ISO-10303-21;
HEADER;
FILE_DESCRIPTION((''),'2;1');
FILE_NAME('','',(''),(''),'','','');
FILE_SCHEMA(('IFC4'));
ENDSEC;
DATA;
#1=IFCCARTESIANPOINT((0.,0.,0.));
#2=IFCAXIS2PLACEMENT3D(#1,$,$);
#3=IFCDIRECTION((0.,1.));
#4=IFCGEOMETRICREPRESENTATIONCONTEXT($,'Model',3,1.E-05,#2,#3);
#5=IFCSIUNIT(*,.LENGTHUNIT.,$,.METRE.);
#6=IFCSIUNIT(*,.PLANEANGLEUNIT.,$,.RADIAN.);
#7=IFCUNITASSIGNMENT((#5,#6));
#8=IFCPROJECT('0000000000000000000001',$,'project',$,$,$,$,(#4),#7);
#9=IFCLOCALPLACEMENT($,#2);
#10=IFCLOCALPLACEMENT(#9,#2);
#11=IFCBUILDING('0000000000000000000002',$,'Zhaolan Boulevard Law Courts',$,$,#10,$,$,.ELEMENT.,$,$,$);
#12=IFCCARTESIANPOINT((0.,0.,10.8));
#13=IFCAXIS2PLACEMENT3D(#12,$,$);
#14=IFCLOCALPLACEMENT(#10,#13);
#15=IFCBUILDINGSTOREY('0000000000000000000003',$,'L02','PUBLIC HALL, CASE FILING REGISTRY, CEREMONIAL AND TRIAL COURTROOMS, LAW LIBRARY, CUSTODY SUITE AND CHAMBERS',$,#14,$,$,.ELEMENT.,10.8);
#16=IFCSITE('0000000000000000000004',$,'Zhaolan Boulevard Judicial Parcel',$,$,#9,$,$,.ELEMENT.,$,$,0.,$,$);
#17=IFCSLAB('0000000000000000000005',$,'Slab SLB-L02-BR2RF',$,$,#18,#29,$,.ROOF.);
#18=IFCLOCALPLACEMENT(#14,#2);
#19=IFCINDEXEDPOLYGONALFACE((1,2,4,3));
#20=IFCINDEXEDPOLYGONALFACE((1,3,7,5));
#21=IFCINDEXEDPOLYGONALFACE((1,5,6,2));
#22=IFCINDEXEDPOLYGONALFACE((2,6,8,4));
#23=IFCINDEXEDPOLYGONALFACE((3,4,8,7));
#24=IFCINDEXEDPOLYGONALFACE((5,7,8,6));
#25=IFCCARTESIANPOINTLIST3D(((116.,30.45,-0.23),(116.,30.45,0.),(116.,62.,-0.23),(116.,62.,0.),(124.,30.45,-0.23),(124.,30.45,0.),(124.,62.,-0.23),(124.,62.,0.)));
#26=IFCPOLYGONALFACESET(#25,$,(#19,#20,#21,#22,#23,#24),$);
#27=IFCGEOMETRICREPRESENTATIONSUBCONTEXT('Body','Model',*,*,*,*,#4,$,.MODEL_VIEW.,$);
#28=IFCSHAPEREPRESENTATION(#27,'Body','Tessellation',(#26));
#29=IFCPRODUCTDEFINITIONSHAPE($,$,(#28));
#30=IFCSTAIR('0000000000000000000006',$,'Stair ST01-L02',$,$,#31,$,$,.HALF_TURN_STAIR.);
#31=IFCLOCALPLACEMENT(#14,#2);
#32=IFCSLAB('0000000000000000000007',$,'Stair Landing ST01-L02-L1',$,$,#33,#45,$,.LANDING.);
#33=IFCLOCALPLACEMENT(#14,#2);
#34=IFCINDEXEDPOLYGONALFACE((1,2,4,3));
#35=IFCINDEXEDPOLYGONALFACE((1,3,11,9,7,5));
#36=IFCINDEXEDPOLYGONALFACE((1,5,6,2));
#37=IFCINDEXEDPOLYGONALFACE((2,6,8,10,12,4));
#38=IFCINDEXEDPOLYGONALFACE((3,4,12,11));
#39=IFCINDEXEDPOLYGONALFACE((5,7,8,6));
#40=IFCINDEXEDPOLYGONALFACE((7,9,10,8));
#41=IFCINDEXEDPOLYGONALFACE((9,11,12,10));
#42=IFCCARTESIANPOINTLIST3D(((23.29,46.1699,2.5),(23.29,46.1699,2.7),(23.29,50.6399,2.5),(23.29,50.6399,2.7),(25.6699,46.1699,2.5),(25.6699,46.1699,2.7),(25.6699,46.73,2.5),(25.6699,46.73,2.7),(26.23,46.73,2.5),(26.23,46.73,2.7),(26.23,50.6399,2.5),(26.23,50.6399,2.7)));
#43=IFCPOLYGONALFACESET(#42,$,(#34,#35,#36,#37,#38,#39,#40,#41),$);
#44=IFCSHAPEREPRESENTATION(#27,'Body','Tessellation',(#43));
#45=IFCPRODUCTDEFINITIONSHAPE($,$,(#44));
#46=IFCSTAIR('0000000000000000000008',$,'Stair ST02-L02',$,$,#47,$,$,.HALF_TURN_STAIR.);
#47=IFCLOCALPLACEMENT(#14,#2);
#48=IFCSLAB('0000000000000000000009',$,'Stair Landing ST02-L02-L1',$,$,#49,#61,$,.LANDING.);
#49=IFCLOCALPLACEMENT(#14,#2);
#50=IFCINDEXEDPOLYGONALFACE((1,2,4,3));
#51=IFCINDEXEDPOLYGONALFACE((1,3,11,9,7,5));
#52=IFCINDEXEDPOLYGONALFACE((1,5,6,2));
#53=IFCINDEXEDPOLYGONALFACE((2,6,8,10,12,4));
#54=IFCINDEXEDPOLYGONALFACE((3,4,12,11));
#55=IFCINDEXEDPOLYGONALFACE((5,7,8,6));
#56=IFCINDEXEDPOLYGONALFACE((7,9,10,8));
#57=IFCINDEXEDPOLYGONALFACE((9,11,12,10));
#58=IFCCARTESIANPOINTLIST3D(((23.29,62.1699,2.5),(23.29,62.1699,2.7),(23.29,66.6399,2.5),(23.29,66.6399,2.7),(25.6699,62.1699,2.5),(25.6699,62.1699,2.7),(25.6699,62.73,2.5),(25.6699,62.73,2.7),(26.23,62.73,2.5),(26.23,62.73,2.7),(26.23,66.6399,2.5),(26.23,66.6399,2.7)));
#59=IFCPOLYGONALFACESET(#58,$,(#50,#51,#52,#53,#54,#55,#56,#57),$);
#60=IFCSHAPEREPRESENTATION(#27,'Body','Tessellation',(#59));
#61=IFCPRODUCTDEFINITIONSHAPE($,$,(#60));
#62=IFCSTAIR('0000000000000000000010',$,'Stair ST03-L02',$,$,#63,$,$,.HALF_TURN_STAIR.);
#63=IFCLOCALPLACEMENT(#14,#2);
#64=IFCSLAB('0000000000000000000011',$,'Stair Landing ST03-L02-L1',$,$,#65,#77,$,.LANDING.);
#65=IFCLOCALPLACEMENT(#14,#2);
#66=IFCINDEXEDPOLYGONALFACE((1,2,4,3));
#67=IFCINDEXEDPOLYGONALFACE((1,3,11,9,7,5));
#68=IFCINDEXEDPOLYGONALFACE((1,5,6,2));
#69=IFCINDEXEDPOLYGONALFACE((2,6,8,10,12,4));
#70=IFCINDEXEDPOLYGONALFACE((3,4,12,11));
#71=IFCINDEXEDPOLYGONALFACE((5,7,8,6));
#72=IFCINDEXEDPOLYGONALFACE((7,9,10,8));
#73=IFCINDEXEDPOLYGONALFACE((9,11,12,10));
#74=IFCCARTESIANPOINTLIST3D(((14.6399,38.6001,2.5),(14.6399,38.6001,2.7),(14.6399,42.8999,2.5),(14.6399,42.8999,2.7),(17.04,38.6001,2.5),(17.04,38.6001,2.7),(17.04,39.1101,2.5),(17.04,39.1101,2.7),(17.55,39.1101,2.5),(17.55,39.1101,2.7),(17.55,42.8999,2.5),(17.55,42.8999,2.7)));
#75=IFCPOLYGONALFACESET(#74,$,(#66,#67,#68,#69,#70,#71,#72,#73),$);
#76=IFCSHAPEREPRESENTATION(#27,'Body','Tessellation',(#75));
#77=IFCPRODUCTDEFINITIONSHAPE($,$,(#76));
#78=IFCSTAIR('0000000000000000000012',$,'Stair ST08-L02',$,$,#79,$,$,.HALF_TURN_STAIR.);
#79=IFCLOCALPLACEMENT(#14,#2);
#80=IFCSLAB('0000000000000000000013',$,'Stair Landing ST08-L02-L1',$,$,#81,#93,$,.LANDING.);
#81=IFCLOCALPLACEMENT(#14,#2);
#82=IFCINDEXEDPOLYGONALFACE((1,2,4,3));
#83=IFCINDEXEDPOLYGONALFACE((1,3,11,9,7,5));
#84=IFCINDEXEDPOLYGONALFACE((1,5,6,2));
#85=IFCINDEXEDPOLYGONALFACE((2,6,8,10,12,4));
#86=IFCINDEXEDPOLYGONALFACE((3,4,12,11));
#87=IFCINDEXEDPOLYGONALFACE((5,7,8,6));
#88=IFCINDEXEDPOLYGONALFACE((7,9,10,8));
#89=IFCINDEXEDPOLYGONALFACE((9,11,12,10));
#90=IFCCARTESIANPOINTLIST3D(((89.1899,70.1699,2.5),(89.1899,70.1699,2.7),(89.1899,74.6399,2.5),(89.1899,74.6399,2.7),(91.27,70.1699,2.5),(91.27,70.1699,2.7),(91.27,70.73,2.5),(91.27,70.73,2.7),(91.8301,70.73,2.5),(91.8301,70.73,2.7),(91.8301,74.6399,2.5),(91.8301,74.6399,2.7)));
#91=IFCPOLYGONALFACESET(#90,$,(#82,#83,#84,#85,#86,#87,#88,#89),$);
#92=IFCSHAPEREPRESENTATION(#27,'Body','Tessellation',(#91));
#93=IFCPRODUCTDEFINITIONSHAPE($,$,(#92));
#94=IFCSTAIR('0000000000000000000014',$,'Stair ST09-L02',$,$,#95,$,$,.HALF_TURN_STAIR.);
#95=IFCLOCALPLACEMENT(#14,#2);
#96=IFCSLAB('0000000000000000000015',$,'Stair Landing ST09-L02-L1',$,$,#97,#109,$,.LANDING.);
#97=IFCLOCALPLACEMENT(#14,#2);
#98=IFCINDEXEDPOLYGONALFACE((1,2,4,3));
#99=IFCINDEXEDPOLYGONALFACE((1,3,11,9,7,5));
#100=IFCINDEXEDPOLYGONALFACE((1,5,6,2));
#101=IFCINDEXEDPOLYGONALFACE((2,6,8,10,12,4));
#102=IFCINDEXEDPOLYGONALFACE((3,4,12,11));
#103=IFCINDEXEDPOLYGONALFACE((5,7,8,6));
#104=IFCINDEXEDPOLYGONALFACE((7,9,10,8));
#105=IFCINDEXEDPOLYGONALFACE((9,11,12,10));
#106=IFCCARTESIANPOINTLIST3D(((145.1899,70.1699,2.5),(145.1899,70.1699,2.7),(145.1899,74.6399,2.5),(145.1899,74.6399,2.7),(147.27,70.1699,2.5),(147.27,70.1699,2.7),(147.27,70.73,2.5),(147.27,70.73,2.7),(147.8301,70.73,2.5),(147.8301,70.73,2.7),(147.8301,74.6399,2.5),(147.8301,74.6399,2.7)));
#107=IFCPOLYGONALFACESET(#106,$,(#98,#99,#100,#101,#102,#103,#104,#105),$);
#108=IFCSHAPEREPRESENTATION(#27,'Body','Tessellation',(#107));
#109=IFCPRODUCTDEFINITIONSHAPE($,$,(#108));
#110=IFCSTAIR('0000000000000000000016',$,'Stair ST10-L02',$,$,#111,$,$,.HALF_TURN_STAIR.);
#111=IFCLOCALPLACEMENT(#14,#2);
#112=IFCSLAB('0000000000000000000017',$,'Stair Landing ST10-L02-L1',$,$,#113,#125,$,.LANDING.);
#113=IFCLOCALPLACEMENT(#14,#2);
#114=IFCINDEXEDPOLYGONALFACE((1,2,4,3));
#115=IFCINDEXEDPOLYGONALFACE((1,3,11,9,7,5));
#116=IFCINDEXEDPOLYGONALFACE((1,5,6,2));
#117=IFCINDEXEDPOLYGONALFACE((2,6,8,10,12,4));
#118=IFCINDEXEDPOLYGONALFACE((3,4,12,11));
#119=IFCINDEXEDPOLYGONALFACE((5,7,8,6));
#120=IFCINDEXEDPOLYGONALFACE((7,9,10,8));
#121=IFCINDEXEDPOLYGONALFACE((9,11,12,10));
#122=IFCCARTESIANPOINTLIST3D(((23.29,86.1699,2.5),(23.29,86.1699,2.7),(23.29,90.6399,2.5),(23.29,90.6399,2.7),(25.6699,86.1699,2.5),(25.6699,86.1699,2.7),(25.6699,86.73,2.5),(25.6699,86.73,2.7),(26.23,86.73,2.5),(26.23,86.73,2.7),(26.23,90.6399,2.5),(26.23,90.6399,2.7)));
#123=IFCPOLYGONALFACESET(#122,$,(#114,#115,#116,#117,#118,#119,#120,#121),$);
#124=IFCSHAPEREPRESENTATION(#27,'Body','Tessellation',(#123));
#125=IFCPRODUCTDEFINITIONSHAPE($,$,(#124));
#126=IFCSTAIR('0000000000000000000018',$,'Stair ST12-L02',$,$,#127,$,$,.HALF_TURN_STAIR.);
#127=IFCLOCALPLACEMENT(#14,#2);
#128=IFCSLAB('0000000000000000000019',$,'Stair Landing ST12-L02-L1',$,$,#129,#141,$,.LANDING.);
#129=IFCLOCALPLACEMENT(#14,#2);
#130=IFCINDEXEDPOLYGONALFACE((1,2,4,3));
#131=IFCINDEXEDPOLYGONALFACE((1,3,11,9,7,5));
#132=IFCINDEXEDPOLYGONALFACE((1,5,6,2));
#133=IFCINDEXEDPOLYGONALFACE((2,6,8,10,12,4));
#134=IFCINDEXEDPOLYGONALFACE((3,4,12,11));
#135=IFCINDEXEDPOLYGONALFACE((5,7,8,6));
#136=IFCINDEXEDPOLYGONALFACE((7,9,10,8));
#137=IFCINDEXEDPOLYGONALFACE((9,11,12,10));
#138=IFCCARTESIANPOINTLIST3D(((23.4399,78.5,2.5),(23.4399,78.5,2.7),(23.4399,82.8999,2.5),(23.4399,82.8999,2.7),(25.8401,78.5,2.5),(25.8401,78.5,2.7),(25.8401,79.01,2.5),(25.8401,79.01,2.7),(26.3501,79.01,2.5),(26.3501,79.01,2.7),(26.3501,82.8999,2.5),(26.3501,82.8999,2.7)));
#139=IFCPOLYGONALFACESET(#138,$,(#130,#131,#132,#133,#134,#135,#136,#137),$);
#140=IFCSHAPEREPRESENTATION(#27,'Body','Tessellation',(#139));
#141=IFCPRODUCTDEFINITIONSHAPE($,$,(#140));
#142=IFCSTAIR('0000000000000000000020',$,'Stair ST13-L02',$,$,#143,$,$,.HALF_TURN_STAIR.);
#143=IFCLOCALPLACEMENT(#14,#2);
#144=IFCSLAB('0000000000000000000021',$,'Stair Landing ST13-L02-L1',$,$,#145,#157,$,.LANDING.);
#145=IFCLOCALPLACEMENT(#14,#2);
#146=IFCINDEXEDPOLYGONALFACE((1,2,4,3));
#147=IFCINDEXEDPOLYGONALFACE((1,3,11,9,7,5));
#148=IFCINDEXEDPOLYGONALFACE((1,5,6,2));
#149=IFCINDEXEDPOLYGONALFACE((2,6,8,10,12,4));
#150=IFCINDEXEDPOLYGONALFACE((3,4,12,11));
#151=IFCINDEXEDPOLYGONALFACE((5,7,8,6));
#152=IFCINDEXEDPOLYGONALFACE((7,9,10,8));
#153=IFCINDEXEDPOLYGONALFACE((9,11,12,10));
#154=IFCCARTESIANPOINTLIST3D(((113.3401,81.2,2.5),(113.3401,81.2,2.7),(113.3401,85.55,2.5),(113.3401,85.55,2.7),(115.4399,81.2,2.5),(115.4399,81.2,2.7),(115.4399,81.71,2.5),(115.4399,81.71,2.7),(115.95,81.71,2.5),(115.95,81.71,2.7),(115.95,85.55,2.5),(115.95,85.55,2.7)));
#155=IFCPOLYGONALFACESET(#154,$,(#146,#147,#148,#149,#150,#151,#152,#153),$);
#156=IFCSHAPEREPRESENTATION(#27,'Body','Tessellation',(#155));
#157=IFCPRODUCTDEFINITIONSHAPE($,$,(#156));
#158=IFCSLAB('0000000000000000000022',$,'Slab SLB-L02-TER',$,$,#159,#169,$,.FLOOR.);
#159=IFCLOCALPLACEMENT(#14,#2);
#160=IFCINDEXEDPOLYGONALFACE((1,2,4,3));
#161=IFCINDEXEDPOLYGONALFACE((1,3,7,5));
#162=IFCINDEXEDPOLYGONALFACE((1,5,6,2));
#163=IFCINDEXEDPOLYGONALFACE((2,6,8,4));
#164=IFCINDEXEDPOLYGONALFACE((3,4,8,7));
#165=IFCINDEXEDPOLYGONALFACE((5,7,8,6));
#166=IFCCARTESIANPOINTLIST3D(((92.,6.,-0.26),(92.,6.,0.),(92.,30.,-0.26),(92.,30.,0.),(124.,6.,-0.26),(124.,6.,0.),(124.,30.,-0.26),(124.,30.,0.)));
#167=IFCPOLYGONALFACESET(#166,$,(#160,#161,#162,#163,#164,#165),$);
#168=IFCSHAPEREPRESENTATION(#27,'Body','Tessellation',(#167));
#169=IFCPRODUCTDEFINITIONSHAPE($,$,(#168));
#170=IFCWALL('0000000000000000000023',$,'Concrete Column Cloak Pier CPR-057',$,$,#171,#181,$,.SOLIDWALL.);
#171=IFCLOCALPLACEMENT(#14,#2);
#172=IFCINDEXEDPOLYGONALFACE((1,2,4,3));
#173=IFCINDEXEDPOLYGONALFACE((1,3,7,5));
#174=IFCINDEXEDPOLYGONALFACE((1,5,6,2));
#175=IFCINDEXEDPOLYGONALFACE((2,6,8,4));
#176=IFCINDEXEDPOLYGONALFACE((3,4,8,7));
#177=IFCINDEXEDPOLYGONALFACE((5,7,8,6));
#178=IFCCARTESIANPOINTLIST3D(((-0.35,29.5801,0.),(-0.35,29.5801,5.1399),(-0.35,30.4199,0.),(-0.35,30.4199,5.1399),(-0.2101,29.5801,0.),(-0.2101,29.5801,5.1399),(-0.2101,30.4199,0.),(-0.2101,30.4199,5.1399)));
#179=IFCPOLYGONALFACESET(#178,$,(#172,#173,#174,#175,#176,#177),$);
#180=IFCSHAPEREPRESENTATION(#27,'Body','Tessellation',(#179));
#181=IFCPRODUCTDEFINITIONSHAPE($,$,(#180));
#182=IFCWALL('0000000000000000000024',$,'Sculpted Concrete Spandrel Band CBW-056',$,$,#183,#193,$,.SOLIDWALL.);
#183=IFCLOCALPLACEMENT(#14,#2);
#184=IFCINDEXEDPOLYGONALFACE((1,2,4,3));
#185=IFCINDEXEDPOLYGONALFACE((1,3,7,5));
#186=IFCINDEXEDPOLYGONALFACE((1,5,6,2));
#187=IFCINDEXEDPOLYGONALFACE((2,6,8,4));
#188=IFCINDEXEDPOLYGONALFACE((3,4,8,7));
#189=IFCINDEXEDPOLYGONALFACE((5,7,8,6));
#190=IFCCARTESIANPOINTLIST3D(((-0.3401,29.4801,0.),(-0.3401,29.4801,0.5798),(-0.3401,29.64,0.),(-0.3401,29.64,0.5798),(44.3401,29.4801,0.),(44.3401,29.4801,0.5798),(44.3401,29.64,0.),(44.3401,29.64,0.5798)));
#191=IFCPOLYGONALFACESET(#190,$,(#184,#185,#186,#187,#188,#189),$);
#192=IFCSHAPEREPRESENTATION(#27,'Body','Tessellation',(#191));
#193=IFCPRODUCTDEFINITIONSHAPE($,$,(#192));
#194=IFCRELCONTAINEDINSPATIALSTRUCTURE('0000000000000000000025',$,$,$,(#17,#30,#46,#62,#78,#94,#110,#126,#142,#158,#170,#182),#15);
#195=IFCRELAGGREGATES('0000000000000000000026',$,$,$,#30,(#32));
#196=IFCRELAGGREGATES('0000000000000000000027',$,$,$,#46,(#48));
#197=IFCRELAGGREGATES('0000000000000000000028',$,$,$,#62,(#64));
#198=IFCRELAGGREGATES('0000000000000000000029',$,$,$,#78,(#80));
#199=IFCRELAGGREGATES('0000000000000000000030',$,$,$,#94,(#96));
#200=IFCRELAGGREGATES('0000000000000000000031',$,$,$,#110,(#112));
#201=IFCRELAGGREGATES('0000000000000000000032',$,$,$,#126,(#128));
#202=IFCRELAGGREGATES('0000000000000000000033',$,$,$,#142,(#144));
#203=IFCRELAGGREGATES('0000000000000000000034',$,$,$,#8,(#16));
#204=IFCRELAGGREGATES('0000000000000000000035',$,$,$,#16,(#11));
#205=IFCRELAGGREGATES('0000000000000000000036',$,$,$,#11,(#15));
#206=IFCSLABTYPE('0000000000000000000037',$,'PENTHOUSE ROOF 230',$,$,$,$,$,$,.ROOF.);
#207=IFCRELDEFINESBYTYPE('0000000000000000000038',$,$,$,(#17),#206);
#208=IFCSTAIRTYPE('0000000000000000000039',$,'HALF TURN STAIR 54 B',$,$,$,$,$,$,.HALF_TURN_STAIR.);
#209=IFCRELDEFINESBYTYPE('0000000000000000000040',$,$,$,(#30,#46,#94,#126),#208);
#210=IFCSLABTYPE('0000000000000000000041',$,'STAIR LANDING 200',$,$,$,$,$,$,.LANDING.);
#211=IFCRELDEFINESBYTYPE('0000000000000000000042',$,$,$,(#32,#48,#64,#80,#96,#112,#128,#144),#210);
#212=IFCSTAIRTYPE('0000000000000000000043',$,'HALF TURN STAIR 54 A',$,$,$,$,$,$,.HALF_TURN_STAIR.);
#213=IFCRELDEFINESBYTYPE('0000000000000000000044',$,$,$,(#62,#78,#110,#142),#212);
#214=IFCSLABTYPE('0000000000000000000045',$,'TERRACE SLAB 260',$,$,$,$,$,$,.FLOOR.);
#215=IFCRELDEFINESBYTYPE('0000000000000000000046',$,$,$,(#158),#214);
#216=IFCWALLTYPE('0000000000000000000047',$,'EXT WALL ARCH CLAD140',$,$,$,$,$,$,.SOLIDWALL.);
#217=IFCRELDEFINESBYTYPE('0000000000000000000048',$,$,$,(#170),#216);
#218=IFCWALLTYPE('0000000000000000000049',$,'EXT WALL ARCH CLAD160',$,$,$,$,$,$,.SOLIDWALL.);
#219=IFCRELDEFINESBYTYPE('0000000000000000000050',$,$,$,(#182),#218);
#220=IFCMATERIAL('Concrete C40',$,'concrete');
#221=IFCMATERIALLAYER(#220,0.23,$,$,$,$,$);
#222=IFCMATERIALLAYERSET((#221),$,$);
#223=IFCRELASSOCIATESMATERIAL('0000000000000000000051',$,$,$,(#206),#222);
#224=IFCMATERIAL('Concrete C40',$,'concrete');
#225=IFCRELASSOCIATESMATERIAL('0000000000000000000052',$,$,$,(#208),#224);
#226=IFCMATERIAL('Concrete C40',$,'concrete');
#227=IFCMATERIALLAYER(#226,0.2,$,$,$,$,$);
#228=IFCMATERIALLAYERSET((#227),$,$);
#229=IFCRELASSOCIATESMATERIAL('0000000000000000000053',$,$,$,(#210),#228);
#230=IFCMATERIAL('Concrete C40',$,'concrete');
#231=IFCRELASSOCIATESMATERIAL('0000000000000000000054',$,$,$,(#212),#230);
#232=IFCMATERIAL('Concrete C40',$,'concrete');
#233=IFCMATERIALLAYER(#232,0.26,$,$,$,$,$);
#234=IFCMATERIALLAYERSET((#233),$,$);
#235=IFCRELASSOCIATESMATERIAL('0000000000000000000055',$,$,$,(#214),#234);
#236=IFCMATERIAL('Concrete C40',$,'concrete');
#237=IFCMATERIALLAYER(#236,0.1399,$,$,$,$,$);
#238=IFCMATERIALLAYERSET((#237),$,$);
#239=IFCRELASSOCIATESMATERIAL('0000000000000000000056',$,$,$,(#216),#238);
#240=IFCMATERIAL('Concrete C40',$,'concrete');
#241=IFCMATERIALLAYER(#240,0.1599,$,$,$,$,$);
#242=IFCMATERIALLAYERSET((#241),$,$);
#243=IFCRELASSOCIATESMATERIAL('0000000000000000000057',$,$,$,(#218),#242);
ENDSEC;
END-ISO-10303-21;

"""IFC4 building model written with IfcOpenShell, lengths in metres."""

from ifc_helpers import new_model, si_unit, direction, frame, frame_2d, origin, place, context, subcontext, project, spatial, polyline, rectangle, outline, extrude, material, layer, layer_set, type_object, element, aggregate, save


model = new_model("IFC4")

# Units and contexts
model_context = context("Model", 3, precision=1e-05, world=origin(), true_north=direction((0.0, 1.0)))
body_context = subcontext(model_context, "Body", "Model", "MODEL_VIEW")
ifc_project = project(units=[si_unit("LENGTHUNIT", "METRE"), si_unit("PLANEANGLEUNIT", "RADIAN")], contexts=[model_context])

# Site, building, storey
site_placement = place(None, origin())
site = spatial("IfcSite", under=ifc_project, at=site_placement, Name="Zhaolan Boulevard Judicial Parcel", CompositionType="ELEMENT", RefElevation=0.0)
building_placement = place(site_placement, origin())
building = spatial("IfcBuilding", under=site, at=building_placement, Name="Zhaolan Boulevard Law Courts", CompositionType="ELEMENT")
storey_placement = place(building_placement, frame((0.0, 0.0, 10.8)))
storey = spatial("IfcBuildingStorey", under=building, at=storey_placement, Name="L02", Description="PUBLIC HALL, CASE FILING REGISTRY, CEREMONIAL AND TRIAL COURTROOMS, LAW LIBRARY, CUSTODY SUITE AND CHAMBERS", CompositionType="ELEMENT", Elevation=10.8)

# Slab
ifc_material_1 = material(Name="Concrete C40", Category="concrete")
ifc_layer_1 = layer(ifc_material_1, 0.23)
ifc_layer_set_1 = layer_set([ifc_layer_1])
slab_type_1 = type_object("IfcSlabType", Name="PENTHOUSE ROOF 230", PredefinedType="ROOF", material=ifc_layer_set_1)
slab_1_placement = place(storey_placement, frame((0.0, 0.0, -0.23)))
element("IfcSlab", 1, at=slab_1_placement, inside=storey, type_object=slab_type_1, Name="Slab SLB-L02-BR2RF", PredefinedType="ROOF", context=body_context, shape_type="SweptSolid", body=[
    extrude(outline(polyline([(116.0, 30.45), (124.0, 30.45), (124.0, 62.0), (116.0, 62.0), (116.0, 30.45)])), origin(), (0.0, 0.0, 1.0), 0.23),
])

# Stairs, slabs
ifc_material_2 = material(Name="Concrete C40", Category="concrete")
stair_type_1 = type_object("IfcStairType", Name="HALF TURN STAIR 54 B", PredefinedType="HALF_TURN_STAIR", material=ifc_material_2)
stair_1_placement = place(storey_placement, origin())
stair_1 = element("IfcStair", 2, at=stair_1_placement, inside=storey, type_object=stair_type_1, Name="Stair ST01-L02", PredefinedType="HALF_TURN_STAIR")
ifc_material_3 = material(Name="Concrete C40", Category="concrete")
ifc_layer_2 = layer(ifc_material_3, 0.2)
ifc_layer_set_2 = layer_set([ifc_layer_2])
slab_type_2 = type_object("IfcSlabType", Name="STAIR LANDING 200", PredefinedType="LANDING", material=ifc_layer_set_2)
slab_2_placement = place(storey_placement, frame((0.0, 0.0, 2.5)))
slab_2 = element("IfcSlab", 3, at=slab_2_placement, type_object=slab_type_2, Name="Stair Landing ST01-L02-L1", PredefinedType="LANDING", context=body_context, shape_type="SweptSolid", body=[
    extrude(outline(polyline([(23.29, 46.1699), (25.6699, 46.1699), (25.6699, 46.73), (26.23, 46.73), (26.23, 50.6399), (23.29, 50.6399), (23.29, 46.1699)])), origin(), (0.0, 0.0, 1.0), 0.2),
])
aggregate(stair_1, [slab_2])
stair_2_placement = place(storey_placement, origin())
stair_2 = element("IfcStair", 4, at=stair_2_placement, inside=storey, type_object=stair_type_1, Name="Stair ST02-L02", PredefinedType="HALF_TURN_STAIR")
slab_3_placement = place(storey_placement, frame((0.0, 0.0, 2.5)))
slab_3 = element("IfcSlab", 5, at=slab_3_placement, type_object=slab_type_2, Name="Stair Landing ST02-L02-L1", PredefinedType="LANDING", context=body_context, shape_type="SweptSolid", body=[
    extrude(outline(polyline([(23.29, 62.1699), (25.6699, 62.1699), (25.6699, 62.73), (26.23, 62.73), (26.23, 66.6399), (23.29, 66.6399), (23.29, 62.1699)])), origin(), (0.0, 0.0, 1.0), 0.2),
])
aggregate(stair_2, [slab_3])
ifc_material_4 = material(Name="Concrete C40", Category="concrete")
stair_type_2 = type_object("IfcStairType", Name="HALF TURN STAIR 54 A", PredefinedType="HALF_TURN_STAIR", material=ifc_material_4)
stair_3_placement = place(storey_placement, origin())
stair_3 = element("IfcStair", 6, at=stair_3_placement, inside=storey, type_object=stair_type_2, Name="Stair ST03-L02", PredefinedType="HALF_TURN_STAIR")
slab_4_placement = place(storey_placement, frame((0.0, 0.0, 2.5)))
slab_4 = element("IfcSlab", 7, at=slab_4_placement, type_object=slab_type_2, Name="Stair Landing ST03-L02-L1", PredefinedType="LANDING", context=body_context, shape_type="SweptSolid", body=[
    extrude(outline(polyline([(14.6399, 38.6001), (17.04, 38.6001), (17.04, 39.1101), (17.55, 39.1101), (17.55, 42.8999), (14.6399, 42.8999), (14.6399, 38.6001)])), origin(), (0.0, 0.0, 1.0), 0.2),
])
aggregate(stair_3, [slab_4])
stair_4_placement = place(storey_placement, origin())
stair_4 = element("IfcStair", 8, at=stair_4_placement, inside=storey, type_object=stair_type_2, Name="Stair ST08-L02", PredefinedType="HALF_TURN_STAIR")
slab_5_placement = place(storey_placement, frame((0.0, 0.0, 2.5)))
slab_5 = element("IfcSlab", 9, at=slab_5_placement, type_object=slab_type_2, Name="Stair Landing ST08-L02-L1", PredefinedType="LANDING", context=body_context, shape_type="SweptSolid", body=[
    extrude(outline(polyline([(89.1899, 70.1699), (91.27, 70.1699), (91.27, 70.73), (91.8301, 70.73), (91.8301, 74.6399), (89.1899, 74.6399), (89.1899, 70.1699)])), origin(), (0.0, 0.0, 1.0), 0.2),
])
aggregate(stair_4, [slab_5])
stair_5_placement = place(storey_placement, origin())
stair_5 = element("IfcStair", 10, at=stair_5_placement, inside=storey, type_object=stair_type_1, Name="Stair ST09-L02", PredefinedType="HALF_TURN_STAIR")
slab_6_placement = place(storey_placement, frame((0.0, 0.0, 2.5)))
slab_6 = element("IfcSlab", 11, at=slab_6_placement, type_object=slab_type_2, Name="Stair Landing ST09-L02-L1", PredefinedType="LANDING", context=body_context, shape_type="SweptSolid", body=[
    extrude(outline(polyline([(145.1899, 70.1699), (147.27, 70.1699), (147.27, 70.73), (147.8301, 70.73), (147.8301, 74.6399), (145.1899, 74.6399), (145.1899, 70.1699)])), origin(), (0.0, 0.0, 1.0), 0.2),
])
aggregate(stair_5, [slab_6])
stair_6_placement = place(storey_placement, origin())
stair_6 = element("IfcStair", 12, at=stair_6_placement, inside=storey, type_object=stair_type_2, Name="Stair ST10-L02", PredefinedType="HALF_TURN_STAIR")
slab_7_placement = place(storey_placement, frame((0.0, 0.0, 2.5)))
slab_7 = element("IfcSlab", 13, at=slab_7_placement, type_object=slab_type_2, Name="Stair Landing ST10-L02-L1", PredefinedType="LANDING", context=body_context, shape_type="SweptSolid", body=[
    extrude(outline(polyline([(23.29, 86.1699), (25.6699, 86.1699), (25.6699, 86.73), (26.23, 86.73), (26.23, 90.6399), (23.29, 90.6399), (23.29, 86.1699)])), origin(), (0.0, 0.0, 1.0), 0.2),
])
aggregate(stair_6, [slab_7])
stair_7_placement = place(storey_placement, origin())
stair_7 = element("IfcStair", 14, at=stair_7_placement, inside=storey, type_object=stair_type_1, Name="Stair ST12-L02", PredefinedType="HALF_TURN_STAIR")
slab_8_placement = place(storey_placement, frame((0.0, 0.0, 2.5)))
slab_8 = element("IfcSlab", 15, at=slab_8_placement, type_object=slab_type_2, Name="Stair Landing ST12-L02-L1", PredefinedType="LANDING", context=body_context, shape_type="SweptSolid", body=[
    extrude(outline(polyline([(23.4399, 78.5), (25.8401, 78.5), (25.8401, 79.01), (26.3501, 79.01), (26.3501, 82.8999), (23.4399, 82.8999), (23.4399, 78.5)])), origin(), (0.0, 0.0, 1.0), 0.2),
])
aggregate(stair_7, [slab_8])
stair_8_placement = place(storey_placement, origin())
stair_8 = element("IfcStair", 16, at=stair_8_placement, inside=storey, type_object=stair_type_2, Name="Stair ST13-L02", PredefinedType="HALF_TURN_STAIR")
slab_9_placement = place(storey_placement, frame((0.0, 0.0, 2.5)))
slab_9 = element("IfcSlab", 17, at=slab_9_placement, type_object=slab_type_2, Name="Stair Landing ST13-L02-L1", PredefinedType="LANDING", context=body_context, shape_type="SweptSolid", body=[
    extrude(outline(polyline([(113.3401, 81.2), (115.4399, 81.2), (115.4399, 81.71), (115.95, 81.71), (115.95, 85.55), (113.3401, 85.55), (113.3401, 81.2)])), origin(), (0.0, 0.0, 1.0), 0.2),
])
aggregate(stair_8, [slab_9])

# Slab
ifc_material_5 = material(Name="Concrete C40", Category="concrete")
ifc_layer_3 = layer(ifc_material_5, 0.26)
ifc_layer_set_3 = layer_set([ifc_layer_3])
slab_type_3 = type_object("IfcSlabType", Name="TERRACE SLAB 260", PredefinedType="FLOOR", material=ifc_layer_set_3)
slab_10_placement = place(storey_placement, frame((0.0, 0.0, -0.26)))
element("IfcSlab", 18, at=slab_10_placement, inside=storey, type_object=slab_type_3, Name="Slab SLB-L02-TER", PredefinedType="FLOOR", context=body_context, shape_type="SweptSolid", body=[
    extrude(outline(polyline([(92.0, 6.0), (124.0, 6.0), (124.0, 30.0), (92.0, 30.0), (92.0, 6.0)])), origin(), (0.0, 0.0, 1.0), 0.26),
])

# Walls
ifc_material_6 = material(Name="Concrete C40", Category="concrete")
ifc_layer_4 = layer(ifc_material_6, 0.1399)
ifc_layer_set_4 = layer_set([ifc_layer_4])
wall_type_1 = type_object("IfcWallType", Name="EXT WALL ARCH CLAD140", PredefinedType="SOLIDWALL", material=ifc_layer_set_4)
wall_1_placement = place(storey_placement, frame((-0.28, 29.5801, 0.0), z_axis=(0.0, 0.0, 1.0), x_axis=(0.0, 1.0, 0.0)))
element("IfcWall", 19, at=wall_1_placement, inside=storey, type_object=wall_type_1, Name="Concrete Column Cloak Pier CPR-057", PredefinedType="SOLIDWALL", context=body_context, shape_type="SweptSolid", body=[
    extrude(rectangle(XDim=0.8398, YDim=0.1399, at=frame_2d((0.4199, 0.0))), origin(), (0.0, 0.0, 1.0), 5.1399),
])
ifc_material_7 = material(Name="Concrete C40", Category="concrete")
ifc_layer_5 = layer(ifc_material_7, 0.1599)
ifc_layer_set_5 = layer_set([ifc_layer_5])
wall_type_2 = type_object("IfcWallType", Name="EXT WALL ARCH CLAD160", PredefinedType="SOLIDWALL", material=ifc_layer_set_5)
wall_2_placement = place(storey_placement, frame((-0.3401, 29.5601, 0.0), z_axis=(0.0, 0.0, 1.0), x_axis=(1.0, 0.0, 0.0)))
element("IfcWall", 20, at=wall_2_placement, inside=storey, type_object=wall_type_2, Name="Sculpted Concrete Spandrel Band CBW-056", PredefinedType="SOLIDWALL", context=body_context, shape_type="SweptSolid", body=[
    extrude(rectangle(XDim=44.6802, YDim=0.1599, at=frame_2d((22.3401, 0.0))), origin(), (0.0, 0.0, 1.0), 0.5798),
])

save(model, "model.ifc")
